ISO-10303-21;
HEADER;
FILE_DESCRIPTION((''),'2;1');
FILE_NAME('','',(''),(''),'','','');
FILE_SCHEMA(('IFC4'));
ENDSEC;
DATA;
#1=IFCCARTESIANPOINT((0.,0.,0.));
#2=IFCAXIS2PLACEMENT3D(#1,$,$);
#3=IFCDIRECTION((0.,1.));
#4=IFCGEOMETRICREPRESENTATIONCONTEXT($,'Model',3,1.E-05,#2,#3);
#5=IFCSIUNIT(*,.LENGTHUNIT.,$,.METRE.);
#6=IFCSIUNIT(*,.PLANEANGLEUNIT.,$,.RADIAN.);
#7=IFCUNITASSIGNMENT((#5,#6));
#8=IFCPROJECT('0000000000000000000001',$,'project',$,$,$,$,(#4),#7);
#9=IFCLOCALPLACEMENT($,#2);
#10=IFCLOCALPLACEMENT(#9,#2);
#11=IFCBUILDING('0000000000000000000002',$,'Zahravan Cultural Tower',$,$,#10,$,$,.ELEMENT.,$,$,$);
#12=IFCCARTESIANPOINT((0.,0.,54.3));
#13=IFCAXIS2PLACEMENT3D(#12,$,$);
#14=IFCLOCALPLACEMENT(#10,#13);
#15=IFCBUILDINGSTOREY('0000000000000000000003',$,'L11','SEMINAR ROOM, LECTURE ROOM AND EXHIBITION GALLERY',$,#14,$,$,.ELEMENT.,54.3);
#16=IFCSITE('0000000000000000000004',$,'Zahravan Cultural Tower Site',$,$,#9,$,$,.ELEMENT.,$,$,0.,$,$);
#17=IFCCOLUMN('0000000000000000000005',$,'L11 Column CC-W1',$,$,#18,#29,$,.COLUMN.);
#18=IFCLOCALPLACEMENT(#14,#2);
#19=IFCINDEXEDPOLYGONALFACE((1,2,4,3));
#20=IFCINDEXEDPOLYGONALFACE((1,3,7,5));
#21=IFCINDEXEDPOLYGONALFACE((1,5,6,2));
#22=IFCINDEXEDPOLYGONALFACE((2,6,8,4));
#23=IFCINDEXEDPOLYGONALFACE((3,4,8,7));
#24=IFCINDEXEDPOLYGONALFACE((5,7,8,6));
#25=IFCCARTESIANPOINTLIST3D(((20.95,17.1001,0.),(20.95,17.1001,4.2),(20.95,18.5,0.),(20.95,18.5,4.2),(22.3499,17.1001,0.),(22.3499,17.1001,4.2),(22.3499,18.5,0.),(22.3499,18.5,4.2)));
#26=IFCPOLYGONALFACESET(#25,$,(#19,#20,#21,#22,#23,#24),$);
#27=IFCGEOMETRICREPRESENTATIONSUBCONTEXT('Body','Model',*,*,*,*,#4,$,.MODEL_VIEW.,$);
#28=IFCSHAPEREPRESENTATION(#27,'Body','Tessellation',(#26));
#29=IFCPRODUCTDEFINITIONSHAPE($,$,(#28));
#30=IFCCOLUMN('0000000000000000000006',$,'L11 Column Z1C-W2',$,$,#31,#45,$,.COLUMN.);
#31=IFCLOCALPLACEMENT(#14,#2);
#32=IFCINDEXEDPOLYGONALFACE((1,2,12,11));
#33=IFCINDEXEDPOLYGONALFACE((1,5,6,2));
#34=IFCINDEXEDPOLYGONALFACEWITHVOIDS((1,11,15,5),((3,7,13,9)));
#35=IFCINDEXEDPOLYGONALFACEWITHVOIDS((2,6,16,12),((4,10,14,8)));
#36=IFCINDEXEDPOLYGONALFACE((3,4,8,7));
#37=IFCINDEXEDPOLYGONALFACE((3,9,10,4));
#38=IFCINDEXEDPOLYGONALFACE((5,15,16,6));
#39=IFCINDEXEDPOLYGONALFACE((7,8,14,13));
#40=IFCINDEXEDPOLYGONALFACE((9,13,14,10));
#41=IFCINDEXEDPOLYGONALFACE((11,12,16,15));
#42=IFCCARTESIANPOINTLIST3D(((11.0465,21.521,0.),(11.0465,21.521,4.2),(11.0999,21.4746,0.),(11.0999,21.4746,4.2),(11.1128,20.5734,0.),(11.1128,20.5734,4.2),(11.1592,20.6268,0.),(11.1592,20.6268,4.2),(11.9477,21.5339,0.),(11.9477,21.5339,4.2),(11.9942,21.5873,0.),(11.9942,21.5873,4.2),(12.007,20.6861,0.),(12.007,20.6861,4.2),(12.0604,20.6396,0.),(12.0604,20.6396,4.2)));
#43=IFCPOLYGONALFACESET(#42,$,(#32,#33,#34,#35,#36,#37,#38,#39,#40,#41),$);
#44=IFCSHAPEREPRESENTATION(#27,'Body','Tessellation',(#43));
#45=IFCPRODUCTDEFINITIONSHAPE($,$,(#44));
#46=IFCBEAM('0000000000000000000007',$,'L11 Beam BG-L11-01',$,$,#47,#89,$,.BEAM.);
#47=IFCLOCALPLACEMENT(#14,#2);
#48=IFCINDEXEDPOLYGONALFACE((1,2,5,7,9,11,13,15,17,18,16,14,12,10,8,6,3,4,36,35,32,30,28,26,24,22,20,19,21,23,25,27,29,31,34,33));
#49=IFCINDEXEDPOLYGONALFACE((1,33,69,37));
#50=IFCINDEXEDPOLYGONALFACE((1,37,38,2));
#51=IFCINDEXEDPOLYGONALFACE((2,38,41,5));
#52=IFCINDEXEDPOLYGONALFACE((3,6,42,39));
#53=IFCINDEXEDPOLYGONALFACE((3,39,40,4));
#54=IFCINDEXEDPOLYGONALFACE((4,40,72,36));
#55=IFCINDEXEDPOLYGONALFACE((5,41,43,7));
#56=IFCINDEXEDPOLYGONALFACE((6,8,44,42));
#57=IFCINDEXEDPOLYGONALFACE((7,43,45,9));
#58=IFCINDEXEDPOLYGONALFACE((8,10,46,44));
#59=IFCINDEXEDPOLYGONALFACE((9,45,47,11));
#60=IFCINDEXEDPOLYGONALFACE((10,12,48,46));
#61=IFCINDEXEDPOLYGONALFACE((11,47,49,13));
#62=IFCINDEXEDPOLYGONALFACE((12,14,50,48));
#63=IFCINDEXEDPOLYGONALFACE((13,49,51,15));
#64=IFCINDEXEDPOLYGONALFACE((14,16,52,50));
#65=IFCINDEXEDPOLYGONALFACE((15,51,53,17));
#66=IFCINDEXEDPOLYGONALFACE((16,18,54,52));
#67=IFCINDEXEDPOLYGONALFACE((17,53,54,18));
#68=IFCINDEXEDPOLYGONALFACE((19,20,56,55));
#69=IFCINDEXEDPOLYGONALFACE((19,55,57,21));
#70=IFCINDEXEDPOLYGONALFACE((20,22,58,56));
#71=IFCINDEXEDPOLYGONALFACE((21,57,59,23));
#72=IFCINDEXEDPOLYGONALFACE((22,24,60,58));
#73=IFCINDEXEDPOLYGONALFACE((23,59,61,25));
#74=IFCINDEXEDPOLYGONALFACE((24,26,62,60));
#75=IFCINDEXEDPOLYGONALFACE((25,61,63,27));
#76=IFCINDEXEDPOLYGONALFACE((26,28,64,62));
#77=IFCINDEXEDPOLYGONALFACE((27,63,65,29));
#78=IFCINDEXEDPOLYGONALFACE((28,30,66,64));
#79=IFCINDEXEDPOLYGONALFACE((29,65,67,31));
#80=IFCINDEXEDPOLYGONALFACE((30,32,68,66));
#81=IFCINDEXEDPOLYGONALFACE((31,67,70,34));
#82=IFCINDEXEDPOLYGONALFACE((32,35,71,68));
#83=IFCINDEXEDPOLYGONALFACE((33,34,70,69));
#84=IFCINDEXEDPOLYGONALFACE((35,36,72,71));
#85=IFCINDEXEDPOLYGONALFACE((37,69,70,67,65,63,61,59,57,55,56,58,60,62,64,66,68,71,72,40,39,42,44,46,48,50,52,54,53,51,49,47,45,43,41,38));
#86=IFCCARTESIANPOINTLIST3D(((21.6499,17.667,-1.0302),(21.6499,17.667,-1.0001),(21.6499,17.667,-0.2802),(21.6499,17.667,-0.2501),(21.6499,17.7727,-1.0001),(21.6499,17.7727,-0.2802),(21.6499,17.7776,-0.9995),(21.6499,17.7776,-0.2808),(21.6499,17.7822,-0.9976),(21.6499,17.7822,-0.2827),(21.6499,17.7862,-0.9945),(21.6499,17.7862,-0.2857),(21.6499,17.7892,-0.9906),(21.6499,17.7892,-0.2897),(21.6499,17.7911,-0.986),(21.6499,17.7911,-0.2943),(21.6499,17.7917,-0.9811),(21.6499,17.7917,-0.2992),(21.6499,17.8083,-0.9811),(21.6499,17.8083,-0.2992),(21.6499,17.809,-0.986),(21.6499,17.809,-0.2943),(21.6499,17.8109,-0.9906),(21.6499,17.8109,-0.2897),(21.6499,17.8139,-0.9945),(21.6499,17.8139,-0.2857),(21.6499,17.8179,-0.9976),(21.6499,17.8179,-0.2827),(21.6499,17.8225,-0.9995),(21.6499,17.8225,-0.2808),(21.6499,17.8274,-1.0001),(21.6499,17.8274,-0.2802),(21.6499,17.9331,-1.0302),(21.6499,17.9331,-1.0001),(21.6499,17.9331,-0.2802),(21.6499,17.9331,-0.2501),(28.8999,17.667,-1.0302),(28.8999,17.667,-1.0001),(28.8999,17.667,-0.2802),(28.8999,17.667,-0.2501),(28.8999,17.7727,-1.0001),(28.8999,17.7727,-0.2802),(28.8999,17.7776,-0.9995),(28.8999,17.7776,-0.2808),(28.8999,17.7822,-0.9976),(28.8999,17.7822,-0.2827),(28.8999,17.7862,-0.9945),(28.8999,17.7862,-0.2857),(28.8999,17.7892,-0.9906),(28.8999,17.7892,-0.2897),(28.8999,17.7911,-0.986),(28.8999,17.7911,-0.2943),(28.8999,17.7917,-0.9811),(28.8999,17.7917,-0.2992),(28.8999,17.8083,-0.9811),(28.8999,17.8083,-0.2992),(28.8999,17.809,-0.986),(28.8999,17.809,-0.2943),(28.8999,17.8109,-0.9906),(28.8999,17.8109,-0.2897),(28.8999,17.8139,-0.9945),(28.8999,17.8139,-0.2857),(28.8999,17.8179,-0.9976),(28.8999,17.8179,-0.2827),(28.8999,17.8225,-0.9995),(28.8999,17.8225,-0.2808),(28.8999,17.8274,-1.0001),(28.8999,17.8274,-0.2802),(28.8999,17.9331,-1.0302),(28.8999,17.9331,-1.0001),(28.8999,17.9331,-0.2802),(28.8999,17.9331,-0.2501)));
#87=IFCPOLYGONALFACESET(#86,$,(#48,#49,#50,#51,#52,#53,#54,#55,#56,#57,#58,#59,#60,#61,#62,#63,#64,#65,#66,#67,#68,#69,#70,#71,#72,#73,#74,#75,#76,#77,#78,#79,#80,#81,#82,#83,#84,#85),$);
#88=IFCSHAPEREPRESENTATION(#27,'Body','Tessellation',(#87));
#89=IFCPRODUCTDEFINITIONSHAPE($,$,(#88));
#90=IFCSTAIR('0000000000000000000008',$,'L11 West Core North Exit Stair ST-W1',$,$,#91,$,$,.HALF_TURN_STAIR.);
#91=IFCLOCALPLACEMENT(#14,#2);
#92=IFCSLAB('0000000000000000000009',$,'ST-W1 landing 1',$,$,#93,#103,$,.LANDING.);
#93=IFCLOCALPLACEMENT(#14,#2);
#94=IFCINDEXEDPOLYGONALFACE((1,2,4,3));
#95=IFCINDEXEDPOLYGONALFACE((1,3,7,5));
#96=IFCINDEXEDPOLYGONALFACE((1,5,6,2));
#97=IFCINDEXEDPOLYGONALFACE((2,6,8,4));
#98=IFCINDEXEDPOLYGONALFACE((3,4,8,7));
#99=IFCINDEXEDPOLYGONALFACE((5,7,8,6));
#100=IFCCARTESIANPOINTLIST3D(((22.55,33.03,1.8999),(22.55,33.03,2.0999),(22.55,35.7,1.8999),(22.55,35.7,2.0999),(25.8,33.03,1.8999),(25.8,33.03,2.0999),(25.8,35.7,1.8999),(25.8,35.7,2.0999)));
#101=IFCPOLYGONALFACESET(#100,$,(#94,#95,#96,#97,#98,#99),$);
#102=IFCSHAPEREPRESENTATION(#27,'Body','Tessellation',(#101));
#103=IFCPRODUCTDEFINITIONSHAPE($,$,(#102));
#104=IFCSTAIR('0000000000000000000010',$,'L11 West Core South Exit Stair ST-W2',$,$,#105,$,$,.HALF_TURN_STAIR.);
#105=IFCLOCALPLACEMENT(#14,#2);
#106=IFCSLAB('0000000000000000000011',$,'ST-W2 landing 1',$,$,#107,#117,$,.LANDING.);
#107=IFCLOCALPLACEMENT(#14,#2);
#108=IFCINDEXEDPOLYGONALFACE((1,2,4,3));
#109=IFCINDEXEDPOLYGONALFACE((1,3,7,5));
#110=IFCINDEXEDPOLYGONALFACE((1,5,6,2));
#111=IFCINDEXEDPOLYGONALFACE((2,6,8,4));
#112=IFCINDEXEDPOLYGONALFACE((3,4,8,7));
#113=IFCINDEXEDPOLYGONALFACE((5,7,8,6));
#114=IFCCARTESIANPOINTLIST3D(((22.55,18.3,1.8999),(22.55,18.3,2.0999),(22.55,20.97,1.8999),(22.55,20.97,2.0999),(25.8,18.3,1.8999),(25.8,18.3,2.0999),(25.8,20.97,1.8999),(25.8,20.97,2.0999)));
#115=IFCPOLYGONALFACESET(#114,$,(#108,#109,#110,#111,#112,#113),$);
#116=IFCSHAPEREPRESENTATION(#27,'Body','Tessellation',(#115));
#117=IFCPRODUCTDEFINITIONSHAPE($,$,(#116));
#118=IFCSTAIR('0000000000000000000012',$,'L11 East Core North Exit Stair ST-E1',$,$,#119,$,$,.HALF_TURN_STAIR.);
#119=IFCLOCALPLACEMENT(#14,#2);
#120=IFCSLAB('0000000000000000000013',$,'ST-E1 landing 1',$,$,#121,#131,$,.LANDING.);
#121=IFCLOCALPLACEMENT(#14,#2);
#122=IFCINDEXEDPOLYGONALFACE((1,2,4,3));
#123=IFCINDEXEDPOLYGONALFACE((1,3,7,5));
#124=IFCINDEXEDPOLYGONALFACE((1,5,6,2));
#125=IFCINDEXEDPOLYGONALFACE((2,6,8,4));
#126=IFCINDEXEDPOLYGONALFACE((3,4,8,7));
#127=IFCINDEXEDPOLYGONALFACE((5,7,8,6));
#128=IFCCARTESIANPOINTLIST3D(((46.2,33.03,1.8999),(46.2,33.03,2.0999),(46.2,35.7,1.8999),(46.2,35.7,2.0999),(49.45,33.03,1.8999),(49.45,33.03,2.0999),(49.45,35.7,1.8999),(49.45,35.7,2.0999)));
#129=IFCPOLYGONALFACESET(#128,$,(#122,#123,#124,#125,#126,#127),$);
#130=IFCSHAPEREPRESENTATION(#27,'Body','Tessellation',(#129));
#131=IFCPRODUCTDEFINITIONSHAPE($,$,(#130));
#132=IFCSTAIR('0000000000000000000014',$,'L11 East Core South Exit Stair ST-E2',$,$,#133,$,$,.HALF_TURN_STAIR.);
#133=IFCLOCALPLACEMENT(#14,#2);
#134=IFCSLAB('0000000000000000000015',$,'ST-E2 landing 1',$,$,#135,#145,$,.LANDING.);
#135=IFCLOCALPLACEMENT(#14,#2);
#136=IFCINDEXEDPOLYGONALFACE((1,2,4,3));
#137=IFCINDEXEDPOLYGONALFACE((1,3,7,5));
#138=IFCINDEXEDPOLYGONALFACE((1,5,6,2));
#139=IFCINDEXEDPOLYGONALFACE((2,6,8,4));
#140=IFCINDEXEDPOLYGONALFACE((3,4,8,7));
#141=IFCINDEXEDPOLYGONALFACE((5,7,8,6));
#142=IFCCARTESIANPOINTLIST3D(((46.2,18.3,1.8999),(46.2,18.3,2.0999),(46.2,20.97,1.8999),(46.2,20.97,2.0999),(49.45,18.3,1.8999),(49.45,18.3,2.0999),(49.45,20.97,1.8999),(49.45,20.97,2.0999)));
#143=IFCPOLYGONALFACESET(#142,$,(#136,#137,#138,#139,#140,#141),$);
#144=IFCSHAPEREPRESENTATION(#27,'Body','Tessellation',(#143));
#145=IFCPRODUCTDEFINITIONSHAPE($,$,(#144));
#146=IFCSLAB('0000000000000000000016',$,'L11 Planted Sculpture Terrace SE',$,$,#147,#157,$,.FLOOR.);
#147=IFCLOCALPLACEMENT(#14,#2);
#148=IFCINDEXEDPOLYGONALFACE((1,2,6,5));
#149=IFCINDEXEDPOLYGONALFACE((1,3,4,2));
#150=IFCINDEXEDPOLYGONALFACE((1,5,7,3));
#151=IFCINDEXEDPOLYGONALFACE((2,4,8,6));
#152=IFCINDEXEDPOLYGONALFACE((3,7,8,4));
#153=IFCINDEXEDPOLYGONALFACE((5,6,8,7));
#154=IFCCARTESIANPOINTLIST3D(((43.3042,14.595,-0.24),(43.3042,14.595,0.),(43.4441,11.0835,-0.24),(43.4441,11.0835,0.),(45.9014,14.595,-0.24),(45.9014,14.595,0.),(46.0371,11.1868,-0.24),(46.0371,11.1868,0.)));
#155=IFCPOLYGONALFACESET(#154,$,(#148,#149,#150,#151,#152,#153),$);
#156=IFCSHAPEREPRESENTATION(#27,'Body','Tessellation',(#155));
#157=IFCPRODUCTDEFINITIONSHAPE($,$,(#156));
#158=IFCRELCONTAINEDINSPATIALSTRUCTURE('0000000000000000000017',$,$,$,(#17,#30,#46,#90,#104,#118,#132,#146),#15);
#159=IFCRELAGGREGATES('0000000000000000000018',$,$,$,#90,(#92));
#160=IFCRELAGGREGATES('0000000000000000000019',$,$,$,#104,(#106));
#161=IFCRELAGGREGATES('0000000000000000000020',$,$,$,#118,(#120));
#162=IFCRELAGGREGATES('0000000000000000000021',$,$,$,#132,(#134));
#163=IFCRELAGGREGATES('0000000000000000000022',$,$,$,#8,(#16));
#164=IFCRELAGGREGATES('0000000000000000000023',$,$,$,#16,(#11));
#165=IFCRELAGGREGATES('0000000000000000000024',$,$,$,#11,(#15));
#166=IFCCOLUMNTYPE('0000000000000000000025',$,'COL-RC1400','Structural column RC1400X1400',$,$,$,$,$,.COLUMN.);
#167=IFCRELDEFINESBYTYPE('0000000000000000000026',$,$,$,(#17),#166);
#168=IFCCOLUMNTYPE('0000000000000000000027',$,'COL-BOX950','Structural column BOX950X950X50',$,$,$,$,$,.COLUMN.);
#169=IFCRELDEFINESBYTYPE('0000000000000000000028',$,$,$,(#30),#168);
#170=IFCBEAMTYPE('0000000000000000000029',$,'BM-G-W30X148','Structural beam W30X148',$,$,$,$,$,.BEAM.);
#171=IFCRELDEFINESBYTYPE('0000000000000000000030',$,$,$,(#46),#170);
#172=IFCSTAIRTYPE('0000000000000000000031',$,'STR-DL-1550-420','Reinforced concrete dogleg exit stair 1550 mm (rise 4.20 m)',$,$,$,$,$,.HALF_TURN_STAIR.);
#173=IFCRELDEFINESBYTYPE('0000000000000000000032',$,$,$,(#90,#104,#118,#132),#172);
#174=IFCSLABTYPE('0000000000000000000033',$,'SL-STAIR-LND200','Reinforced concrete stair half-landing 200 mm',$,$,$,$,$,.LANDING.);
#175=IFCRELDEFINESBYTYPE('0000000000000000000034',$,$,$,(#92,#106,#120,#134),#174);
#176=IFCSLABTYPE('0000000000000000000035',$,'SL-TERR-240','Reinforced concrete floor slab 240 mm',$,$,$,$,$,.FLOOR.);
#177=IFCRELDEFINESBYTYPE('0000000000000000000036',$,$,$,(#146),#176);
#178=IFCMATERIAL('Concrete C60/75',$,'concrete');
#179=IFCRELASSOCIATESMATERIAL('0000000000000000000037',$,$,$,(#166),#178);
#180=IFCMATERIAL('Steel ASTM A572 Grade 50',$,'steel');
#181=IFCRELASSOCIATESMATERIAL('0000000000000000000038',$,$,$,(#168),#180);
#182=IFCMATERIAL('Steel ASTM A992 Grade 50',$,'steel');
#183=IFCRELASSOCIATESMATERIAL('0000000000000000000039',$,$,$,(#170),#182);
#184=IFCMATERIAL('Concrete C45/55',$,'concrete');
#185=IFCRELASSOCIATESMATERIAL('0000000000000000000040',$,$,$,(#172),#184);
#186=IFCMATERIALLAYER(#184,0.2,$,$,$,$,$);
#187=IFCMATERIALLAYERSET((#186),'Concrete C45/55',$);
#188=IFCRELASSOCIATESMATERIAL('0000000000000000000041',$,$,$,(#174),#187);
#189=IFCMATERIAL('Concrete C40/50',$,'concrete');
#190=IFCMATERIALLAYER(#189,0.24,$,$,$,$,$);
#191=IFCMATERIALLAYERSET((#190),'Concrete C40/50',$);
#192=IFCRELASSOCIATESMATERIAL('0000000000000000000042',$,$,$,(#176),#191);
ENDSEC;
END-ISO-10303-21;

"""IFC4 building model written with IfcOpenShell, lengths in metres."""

from ifc_helpers import new_model, si_unit, direction, frame, origin, origin_2d, place, context, subcontext, project, spatial, polyline, rectangle, hollow_rectangle, i_section, outline, extrude, source, transform, mapped, material, layer, layer_set, material_profile, profile_set, type_object, element, aggregate, save


model = new_model("IFC4")

# Units and contexts
model_context = context("Model", 3, precision=1e-05, world=origin(), true_north=direction((0.0, 1.0)))
body_context = subcontext(model_context, "Body", "Model", "MODEL_VIEW")
ifc_project = project(units=[si_unit("LENGTHUNIT", "METRE"), si_unit("PLANEANGLEUNIT", "RADIAN")], contexts=[model_context])

# Site, building, storey
site_placement = place(None, origin())
site = spatial("IfcSite", under=ifc_project, at=site_placement, Name="Zahravan Cultural Tower Site", CompositionType="ELEMENT", RefElevation=0.0)
building_placement = place(site_placement, origin())
building = spatial("IfcBuilding", under=site, at=building_placement, Name="Zahravan Cultural Tower", CompositionType="ELEMENT")
storey_placement = place(building_placement, frame((0.0, 0.0, 54.3)))
storey = spatial("IfcBuildingStorey", under=building, at=storey_placement, Name="L11", Description="SEMINAR ROOM, LECTURE ROOM AND EXHIBITION GALLERY", CompositionType="ELEMENT", Elevation=54.3)

# Columns
ifc_material_1 = material(Name="Concrete C60/75", Category="concrete")
ifc_material_profile_1 = material_profile(ifc_material_1, rectangle(XDim=1.3999, YDim=1.3999, at=origin_2d()), Name="RC1400X1400")
ifc_profile_set_1 = profile_set([ifc_material_profile_1], Name="Concrete C60/75")
column_type_1 = type_object("IfcColumnType", Name="COL-RC1400", Description="Structural column RC1400X1400", PredefinedType="COLUMN", material=ifc_profile_set_1)
shared_shape_1 = source(origin(), body_context, "Body", "SweptSolid", [
    extrude(rectangle(XDim=1.3999, YDim=1.3999, at=origin_2d()), origin(), (0.0, 0.0, 1.0), 4.2),
])
column_1_placement = place(storey_placement, frame((21.6499, 17.8, 0.0), z_axis=(0.0, 0.0, 1.0), x_axis=(1.0, 0.0, 0.0)))
element("IfcColumn", 1, at=column_1_placement, inside=storey, type_object=column_type_1, Name="L11 Column CC-W1", PredefinedType="COLUMN", context=body_context, shape_type="MappedRepresentation", body=[
    mapped(shared_shape_1, transform((0.0, 0.0, 0.0), x_axis=(1.0, 0.0, 0.0), y_axis=(0.0, 1.0, 0.0), z_axis=(0.0, 0.0, 1.0), scale=1.0)),
])
ifc_material_2 = material(Name="Steel ASTM A572 Grade 50", Category="steel")
ifc_material_profile_2 = material_profile(ifc_material_2, hollow_rectangle(XDim=0.95, YDim=0.95, WallThickness=0.05, at=origin_2d()), Name="BOX950X950X50")
ifc_profile_set_2 = profile_set([ifc_material_profile_2], Name="Steel ASTM A572 Grade 50")
column_type_2 = type_object("IfcColumnType", Name="COL-BOX950", Description="Structural column BOX950X950X50", PredefinedType="COLUMN", material=ifc_profile_set_2)
shared_shape_2 = source(origin(), body_context, "Body", "SweptSolid", [
    extrude(hollow_rectangle(XDim=0.95, YDim=0.95, WallThickness=0.05, at=origin_2d()), origin(), (0.0, 0.0, 1.0), 4.2),
])
column_2_placement = place(storey_placement, frame((11.5535, 21.0803, 0.0), z_axis=(0.0, 0.0, 1.0), x_axis=(0.997564, 0.069756, 0.0)))
element("IfcColumn", 2, at=column_2_placement, inside=storey, type_object=column_type_2, Name="L11 Column Z1C-W2", PredefinedType="COLUMN", context=body_context, shape_type="MappedRepresentation", body=[
    mapped(shared_shape_2, transform((0.0, 0.0, 0.0), x_axis=(1.0, 0.0, 0.0), y_axis=(0.0, 1.0, 0.0), z_axis=(0.0, 0.0, 1.0), scale=1.0)),
])

# Beam
ifc_material_3 = material(Name="Steel ASTM A992 Grade 50", Category="steel")
ifc_material_profile_3 = material_profile(ifc_material_3, i_section(OverallWidth=0.2661, OverallDepth=0.78, WebThickness=0.0166, FlangeThickness=0.03, FilletRadius=0.019, at=origin_2d()), Name="W30X148")
ifc_profile_set_3 = profile_set([ifc_material_profile_3], Name="Steel ASTM A992 Grade 50")
beam_type = type_object("IfcBeamType", Name="BM-G-W30X148", Description="Structural beam W30X148", PredefinedType="BEAM", material=ifc_profile_set_3)
shared_shape_3 = source(origin(), body_context, "Body", "SweptSolid", [
    extrude(i_section(OverallWidth=0.2661, OverallDepth=0.78, WebThickness=0.0166, FlangeThickness=0.03, FilletRadius=0.019, at=origin_2d()), origin(), (0.0, 0.0, 1.0), 7.25),
])
beam_placement = place(storey_placement, frame((21.6499, 17.8, -0.6401), z_axis=(1.0, 0.0, 0.0), x_axis=(0.0, 1.0, 0.0)))
element("IfcBeam", 3, at=beam_placement, inside=storey, type_object=beam_type, Name="L11 Beam BG-L11-01", PredefinedType="BEAM", context=body_context, shape_type="MappedRepresentation", body=[
    mapped(shared_shape_3, transform((0.0, 0.0, 0.0), x_axis=(1.0, 0.0, 0.0), y_axis=(0.0, 1.0, 0.0), z_axis=(0.0, 0.0, 1.0), scale=1.0)),
])

# Stairs, slabs
ifc_material_4 = material(Name="Concrete C45/55", Category="concrete")
stair_type = type_object("IfcStairType", Name="STR-DL-1550-420", Description="Reinforced concrete dogleg exit stair 1550 mm (rise 4.20 m)", PredefinedType="HALF_TURN_STAIR", material=ifc_material_4)
stair_1_placement = place(storey_placement, origin())
stair_1 = element("IfcStair", 4, at=stair_1_placement, inside=storey, type_object=stair_type, Name="L11 West Core North Exit Stair ST-W1", PredefinedType="HALF_TURN_STAIR")
ifc_layer_1 = layer(ifc_material_4, 0.2)
ifc_layer_set_1 = layer_set([ifc_layer_1], Name="Concrete C45/55")
slab_type_1 = type_object("IfcSlabType", Name="SL-STAIR-LND200", Description="Reinforced concrete stair half-landing 200 mm", PredefinedType="LANDING", material=ifc_layer_set_1)
slab_1_placement = place(storey_placement, frame((0.0, 0.0, 1.8999)))
slab_1 = element("IfcSlab", 5, at=slab_1_placement, type_object=slab_type_1, Name="ST-W1 landing 1", PredefinedType="LANDING", context=body_context, shape_type="SweptSolid", body=[
    extrude(outline(polyline([(25.8, 33.03), (25.8, 35.7), (22.55, 35.7), (22.55, 33.03), (25.8, 33.03)])), origin(), (0.0, 0.0, 1.0), 0.2),
])
aggregate(stair_1, [slab_1])
stair_2_placement = place(storey_placement, origin())
stair_2 = element("IfcStair", 6, at=stair_2_placement, inside=storey, type_object=stair_type, Name="L11 West Core South Exit Stair ST-W2", PredefinedType="HALF_TURN_STAIR")
slab_2_placement = place(storey_placement, frame((0.0, 0.0, 1.8999)))
slab_2 = element("IfcSlab", 7, at=slab_2_placement, type_object=slab_type_1, Name="ST-W2 landing 1", PredefinedType="LANDING", context=body_context, shape_type="SweptSolid", body=[
    extrude(outline(polyline([(22.55, 20.97), (22.55, 18.3), (25.8, 18.3), (25.8, 20.97), (22.55, 20.97)])), origin(), (0.0, 0.0, 1.0), 0.2),
])
aggregate(stair_2, [slab_2])
stair_3_placement = place(storey_placement, origin())
stair_3 = element("IfcStair", 8, at=stair_3_placement, inside=storey, type_object=stair_type, Name="L11 East Core North Exit Stair ST-E1", PredefinedType="HALF_TURN_STAIR")
slab_3_placement = place(storey_placement, frame((0.0, 0.0, 1.8999)))
slab_3 = element("IfcSlab", 9, at=slab_3_placement, type_object=slab_type_1, Name="ST-E1 landing 1", PredefinedType="LANDING", context=body_context, shape_type="SweptSolid", body=[
    extrude(outline(polyline([(49.45, 33.03), (49.45, 35.7), (46.2, 35.7), (46.2, 33.03), (49.45, 33.03)])), origin(), (0.0, 0.0, 1.0), 0.2),
])
aggregate(stair_3, [slab_3])
stair_4_placement = place(storey_placement, origin())
stair_4 = element("IfcStair", 10, at=stair_4_placement, inside=storey, type_object=stair_type, Name="L11 East Core South Exit Stair ST-E2", PredefinedType="HALF_TURN_STAIR")
slab_4_placement = place(storey_placement, frame((0.0, 0.0, 1.8999)))
slab_4 = element("IfcSlab", 11, at=slab_4_placement, type_object=slab_type_1, Name="ST-E2 landing 1", PredefinedType="LANDING", context=body_context, shape_type="SweptSolid", body=[
    extrude(outline(polyline([(46.2, 20.97), (46.2, 18.3), (49.45, 18.3), (49.45, 20.97), (46.2, 20.97)])), origin(), (0.0, 0.0, 1.0), 0.2),
])
aggregate(stair_4, [slab_4])

# Slab
ifc_material_5 = material(Name="Concrete C40/50", Category="concrete")
ifc_layer_2 = layer(ifc_material_5, 0.24)
ifc_layer_set_2 = layer_set([ifc_layer_2], Name="Concrete C40/50")
slab_type_2 = type_object("IfcSlabType", Name="SL-TERR-240", Description="Reinforced concrete floor slab 240 mm", PredefinedType="FLOOR", material=ifc_layer_set_2)
slab_5_placement = place(storey_placement, frame((0.0, 0.0, -0.24)))
element("IfcSlab", 12, at=slab_5_placement, inside=storey, type_object=slab_type_2, Name="L11 Planted Sculpture Terrace SE", PredefinedType="FLOOR", context=body_context, shape_type="SweptSolid", body=[
    extrude(outline(polyline([(46.0371, 11.1868), (45.9014, 14.595), (43.3042, 14.595), (43.4441, 11.0835), (46.0371, 11.1868)])), origin(), (0.0, 0.0, 1.0), 0.24),
])

save(model, "model.ifc")
